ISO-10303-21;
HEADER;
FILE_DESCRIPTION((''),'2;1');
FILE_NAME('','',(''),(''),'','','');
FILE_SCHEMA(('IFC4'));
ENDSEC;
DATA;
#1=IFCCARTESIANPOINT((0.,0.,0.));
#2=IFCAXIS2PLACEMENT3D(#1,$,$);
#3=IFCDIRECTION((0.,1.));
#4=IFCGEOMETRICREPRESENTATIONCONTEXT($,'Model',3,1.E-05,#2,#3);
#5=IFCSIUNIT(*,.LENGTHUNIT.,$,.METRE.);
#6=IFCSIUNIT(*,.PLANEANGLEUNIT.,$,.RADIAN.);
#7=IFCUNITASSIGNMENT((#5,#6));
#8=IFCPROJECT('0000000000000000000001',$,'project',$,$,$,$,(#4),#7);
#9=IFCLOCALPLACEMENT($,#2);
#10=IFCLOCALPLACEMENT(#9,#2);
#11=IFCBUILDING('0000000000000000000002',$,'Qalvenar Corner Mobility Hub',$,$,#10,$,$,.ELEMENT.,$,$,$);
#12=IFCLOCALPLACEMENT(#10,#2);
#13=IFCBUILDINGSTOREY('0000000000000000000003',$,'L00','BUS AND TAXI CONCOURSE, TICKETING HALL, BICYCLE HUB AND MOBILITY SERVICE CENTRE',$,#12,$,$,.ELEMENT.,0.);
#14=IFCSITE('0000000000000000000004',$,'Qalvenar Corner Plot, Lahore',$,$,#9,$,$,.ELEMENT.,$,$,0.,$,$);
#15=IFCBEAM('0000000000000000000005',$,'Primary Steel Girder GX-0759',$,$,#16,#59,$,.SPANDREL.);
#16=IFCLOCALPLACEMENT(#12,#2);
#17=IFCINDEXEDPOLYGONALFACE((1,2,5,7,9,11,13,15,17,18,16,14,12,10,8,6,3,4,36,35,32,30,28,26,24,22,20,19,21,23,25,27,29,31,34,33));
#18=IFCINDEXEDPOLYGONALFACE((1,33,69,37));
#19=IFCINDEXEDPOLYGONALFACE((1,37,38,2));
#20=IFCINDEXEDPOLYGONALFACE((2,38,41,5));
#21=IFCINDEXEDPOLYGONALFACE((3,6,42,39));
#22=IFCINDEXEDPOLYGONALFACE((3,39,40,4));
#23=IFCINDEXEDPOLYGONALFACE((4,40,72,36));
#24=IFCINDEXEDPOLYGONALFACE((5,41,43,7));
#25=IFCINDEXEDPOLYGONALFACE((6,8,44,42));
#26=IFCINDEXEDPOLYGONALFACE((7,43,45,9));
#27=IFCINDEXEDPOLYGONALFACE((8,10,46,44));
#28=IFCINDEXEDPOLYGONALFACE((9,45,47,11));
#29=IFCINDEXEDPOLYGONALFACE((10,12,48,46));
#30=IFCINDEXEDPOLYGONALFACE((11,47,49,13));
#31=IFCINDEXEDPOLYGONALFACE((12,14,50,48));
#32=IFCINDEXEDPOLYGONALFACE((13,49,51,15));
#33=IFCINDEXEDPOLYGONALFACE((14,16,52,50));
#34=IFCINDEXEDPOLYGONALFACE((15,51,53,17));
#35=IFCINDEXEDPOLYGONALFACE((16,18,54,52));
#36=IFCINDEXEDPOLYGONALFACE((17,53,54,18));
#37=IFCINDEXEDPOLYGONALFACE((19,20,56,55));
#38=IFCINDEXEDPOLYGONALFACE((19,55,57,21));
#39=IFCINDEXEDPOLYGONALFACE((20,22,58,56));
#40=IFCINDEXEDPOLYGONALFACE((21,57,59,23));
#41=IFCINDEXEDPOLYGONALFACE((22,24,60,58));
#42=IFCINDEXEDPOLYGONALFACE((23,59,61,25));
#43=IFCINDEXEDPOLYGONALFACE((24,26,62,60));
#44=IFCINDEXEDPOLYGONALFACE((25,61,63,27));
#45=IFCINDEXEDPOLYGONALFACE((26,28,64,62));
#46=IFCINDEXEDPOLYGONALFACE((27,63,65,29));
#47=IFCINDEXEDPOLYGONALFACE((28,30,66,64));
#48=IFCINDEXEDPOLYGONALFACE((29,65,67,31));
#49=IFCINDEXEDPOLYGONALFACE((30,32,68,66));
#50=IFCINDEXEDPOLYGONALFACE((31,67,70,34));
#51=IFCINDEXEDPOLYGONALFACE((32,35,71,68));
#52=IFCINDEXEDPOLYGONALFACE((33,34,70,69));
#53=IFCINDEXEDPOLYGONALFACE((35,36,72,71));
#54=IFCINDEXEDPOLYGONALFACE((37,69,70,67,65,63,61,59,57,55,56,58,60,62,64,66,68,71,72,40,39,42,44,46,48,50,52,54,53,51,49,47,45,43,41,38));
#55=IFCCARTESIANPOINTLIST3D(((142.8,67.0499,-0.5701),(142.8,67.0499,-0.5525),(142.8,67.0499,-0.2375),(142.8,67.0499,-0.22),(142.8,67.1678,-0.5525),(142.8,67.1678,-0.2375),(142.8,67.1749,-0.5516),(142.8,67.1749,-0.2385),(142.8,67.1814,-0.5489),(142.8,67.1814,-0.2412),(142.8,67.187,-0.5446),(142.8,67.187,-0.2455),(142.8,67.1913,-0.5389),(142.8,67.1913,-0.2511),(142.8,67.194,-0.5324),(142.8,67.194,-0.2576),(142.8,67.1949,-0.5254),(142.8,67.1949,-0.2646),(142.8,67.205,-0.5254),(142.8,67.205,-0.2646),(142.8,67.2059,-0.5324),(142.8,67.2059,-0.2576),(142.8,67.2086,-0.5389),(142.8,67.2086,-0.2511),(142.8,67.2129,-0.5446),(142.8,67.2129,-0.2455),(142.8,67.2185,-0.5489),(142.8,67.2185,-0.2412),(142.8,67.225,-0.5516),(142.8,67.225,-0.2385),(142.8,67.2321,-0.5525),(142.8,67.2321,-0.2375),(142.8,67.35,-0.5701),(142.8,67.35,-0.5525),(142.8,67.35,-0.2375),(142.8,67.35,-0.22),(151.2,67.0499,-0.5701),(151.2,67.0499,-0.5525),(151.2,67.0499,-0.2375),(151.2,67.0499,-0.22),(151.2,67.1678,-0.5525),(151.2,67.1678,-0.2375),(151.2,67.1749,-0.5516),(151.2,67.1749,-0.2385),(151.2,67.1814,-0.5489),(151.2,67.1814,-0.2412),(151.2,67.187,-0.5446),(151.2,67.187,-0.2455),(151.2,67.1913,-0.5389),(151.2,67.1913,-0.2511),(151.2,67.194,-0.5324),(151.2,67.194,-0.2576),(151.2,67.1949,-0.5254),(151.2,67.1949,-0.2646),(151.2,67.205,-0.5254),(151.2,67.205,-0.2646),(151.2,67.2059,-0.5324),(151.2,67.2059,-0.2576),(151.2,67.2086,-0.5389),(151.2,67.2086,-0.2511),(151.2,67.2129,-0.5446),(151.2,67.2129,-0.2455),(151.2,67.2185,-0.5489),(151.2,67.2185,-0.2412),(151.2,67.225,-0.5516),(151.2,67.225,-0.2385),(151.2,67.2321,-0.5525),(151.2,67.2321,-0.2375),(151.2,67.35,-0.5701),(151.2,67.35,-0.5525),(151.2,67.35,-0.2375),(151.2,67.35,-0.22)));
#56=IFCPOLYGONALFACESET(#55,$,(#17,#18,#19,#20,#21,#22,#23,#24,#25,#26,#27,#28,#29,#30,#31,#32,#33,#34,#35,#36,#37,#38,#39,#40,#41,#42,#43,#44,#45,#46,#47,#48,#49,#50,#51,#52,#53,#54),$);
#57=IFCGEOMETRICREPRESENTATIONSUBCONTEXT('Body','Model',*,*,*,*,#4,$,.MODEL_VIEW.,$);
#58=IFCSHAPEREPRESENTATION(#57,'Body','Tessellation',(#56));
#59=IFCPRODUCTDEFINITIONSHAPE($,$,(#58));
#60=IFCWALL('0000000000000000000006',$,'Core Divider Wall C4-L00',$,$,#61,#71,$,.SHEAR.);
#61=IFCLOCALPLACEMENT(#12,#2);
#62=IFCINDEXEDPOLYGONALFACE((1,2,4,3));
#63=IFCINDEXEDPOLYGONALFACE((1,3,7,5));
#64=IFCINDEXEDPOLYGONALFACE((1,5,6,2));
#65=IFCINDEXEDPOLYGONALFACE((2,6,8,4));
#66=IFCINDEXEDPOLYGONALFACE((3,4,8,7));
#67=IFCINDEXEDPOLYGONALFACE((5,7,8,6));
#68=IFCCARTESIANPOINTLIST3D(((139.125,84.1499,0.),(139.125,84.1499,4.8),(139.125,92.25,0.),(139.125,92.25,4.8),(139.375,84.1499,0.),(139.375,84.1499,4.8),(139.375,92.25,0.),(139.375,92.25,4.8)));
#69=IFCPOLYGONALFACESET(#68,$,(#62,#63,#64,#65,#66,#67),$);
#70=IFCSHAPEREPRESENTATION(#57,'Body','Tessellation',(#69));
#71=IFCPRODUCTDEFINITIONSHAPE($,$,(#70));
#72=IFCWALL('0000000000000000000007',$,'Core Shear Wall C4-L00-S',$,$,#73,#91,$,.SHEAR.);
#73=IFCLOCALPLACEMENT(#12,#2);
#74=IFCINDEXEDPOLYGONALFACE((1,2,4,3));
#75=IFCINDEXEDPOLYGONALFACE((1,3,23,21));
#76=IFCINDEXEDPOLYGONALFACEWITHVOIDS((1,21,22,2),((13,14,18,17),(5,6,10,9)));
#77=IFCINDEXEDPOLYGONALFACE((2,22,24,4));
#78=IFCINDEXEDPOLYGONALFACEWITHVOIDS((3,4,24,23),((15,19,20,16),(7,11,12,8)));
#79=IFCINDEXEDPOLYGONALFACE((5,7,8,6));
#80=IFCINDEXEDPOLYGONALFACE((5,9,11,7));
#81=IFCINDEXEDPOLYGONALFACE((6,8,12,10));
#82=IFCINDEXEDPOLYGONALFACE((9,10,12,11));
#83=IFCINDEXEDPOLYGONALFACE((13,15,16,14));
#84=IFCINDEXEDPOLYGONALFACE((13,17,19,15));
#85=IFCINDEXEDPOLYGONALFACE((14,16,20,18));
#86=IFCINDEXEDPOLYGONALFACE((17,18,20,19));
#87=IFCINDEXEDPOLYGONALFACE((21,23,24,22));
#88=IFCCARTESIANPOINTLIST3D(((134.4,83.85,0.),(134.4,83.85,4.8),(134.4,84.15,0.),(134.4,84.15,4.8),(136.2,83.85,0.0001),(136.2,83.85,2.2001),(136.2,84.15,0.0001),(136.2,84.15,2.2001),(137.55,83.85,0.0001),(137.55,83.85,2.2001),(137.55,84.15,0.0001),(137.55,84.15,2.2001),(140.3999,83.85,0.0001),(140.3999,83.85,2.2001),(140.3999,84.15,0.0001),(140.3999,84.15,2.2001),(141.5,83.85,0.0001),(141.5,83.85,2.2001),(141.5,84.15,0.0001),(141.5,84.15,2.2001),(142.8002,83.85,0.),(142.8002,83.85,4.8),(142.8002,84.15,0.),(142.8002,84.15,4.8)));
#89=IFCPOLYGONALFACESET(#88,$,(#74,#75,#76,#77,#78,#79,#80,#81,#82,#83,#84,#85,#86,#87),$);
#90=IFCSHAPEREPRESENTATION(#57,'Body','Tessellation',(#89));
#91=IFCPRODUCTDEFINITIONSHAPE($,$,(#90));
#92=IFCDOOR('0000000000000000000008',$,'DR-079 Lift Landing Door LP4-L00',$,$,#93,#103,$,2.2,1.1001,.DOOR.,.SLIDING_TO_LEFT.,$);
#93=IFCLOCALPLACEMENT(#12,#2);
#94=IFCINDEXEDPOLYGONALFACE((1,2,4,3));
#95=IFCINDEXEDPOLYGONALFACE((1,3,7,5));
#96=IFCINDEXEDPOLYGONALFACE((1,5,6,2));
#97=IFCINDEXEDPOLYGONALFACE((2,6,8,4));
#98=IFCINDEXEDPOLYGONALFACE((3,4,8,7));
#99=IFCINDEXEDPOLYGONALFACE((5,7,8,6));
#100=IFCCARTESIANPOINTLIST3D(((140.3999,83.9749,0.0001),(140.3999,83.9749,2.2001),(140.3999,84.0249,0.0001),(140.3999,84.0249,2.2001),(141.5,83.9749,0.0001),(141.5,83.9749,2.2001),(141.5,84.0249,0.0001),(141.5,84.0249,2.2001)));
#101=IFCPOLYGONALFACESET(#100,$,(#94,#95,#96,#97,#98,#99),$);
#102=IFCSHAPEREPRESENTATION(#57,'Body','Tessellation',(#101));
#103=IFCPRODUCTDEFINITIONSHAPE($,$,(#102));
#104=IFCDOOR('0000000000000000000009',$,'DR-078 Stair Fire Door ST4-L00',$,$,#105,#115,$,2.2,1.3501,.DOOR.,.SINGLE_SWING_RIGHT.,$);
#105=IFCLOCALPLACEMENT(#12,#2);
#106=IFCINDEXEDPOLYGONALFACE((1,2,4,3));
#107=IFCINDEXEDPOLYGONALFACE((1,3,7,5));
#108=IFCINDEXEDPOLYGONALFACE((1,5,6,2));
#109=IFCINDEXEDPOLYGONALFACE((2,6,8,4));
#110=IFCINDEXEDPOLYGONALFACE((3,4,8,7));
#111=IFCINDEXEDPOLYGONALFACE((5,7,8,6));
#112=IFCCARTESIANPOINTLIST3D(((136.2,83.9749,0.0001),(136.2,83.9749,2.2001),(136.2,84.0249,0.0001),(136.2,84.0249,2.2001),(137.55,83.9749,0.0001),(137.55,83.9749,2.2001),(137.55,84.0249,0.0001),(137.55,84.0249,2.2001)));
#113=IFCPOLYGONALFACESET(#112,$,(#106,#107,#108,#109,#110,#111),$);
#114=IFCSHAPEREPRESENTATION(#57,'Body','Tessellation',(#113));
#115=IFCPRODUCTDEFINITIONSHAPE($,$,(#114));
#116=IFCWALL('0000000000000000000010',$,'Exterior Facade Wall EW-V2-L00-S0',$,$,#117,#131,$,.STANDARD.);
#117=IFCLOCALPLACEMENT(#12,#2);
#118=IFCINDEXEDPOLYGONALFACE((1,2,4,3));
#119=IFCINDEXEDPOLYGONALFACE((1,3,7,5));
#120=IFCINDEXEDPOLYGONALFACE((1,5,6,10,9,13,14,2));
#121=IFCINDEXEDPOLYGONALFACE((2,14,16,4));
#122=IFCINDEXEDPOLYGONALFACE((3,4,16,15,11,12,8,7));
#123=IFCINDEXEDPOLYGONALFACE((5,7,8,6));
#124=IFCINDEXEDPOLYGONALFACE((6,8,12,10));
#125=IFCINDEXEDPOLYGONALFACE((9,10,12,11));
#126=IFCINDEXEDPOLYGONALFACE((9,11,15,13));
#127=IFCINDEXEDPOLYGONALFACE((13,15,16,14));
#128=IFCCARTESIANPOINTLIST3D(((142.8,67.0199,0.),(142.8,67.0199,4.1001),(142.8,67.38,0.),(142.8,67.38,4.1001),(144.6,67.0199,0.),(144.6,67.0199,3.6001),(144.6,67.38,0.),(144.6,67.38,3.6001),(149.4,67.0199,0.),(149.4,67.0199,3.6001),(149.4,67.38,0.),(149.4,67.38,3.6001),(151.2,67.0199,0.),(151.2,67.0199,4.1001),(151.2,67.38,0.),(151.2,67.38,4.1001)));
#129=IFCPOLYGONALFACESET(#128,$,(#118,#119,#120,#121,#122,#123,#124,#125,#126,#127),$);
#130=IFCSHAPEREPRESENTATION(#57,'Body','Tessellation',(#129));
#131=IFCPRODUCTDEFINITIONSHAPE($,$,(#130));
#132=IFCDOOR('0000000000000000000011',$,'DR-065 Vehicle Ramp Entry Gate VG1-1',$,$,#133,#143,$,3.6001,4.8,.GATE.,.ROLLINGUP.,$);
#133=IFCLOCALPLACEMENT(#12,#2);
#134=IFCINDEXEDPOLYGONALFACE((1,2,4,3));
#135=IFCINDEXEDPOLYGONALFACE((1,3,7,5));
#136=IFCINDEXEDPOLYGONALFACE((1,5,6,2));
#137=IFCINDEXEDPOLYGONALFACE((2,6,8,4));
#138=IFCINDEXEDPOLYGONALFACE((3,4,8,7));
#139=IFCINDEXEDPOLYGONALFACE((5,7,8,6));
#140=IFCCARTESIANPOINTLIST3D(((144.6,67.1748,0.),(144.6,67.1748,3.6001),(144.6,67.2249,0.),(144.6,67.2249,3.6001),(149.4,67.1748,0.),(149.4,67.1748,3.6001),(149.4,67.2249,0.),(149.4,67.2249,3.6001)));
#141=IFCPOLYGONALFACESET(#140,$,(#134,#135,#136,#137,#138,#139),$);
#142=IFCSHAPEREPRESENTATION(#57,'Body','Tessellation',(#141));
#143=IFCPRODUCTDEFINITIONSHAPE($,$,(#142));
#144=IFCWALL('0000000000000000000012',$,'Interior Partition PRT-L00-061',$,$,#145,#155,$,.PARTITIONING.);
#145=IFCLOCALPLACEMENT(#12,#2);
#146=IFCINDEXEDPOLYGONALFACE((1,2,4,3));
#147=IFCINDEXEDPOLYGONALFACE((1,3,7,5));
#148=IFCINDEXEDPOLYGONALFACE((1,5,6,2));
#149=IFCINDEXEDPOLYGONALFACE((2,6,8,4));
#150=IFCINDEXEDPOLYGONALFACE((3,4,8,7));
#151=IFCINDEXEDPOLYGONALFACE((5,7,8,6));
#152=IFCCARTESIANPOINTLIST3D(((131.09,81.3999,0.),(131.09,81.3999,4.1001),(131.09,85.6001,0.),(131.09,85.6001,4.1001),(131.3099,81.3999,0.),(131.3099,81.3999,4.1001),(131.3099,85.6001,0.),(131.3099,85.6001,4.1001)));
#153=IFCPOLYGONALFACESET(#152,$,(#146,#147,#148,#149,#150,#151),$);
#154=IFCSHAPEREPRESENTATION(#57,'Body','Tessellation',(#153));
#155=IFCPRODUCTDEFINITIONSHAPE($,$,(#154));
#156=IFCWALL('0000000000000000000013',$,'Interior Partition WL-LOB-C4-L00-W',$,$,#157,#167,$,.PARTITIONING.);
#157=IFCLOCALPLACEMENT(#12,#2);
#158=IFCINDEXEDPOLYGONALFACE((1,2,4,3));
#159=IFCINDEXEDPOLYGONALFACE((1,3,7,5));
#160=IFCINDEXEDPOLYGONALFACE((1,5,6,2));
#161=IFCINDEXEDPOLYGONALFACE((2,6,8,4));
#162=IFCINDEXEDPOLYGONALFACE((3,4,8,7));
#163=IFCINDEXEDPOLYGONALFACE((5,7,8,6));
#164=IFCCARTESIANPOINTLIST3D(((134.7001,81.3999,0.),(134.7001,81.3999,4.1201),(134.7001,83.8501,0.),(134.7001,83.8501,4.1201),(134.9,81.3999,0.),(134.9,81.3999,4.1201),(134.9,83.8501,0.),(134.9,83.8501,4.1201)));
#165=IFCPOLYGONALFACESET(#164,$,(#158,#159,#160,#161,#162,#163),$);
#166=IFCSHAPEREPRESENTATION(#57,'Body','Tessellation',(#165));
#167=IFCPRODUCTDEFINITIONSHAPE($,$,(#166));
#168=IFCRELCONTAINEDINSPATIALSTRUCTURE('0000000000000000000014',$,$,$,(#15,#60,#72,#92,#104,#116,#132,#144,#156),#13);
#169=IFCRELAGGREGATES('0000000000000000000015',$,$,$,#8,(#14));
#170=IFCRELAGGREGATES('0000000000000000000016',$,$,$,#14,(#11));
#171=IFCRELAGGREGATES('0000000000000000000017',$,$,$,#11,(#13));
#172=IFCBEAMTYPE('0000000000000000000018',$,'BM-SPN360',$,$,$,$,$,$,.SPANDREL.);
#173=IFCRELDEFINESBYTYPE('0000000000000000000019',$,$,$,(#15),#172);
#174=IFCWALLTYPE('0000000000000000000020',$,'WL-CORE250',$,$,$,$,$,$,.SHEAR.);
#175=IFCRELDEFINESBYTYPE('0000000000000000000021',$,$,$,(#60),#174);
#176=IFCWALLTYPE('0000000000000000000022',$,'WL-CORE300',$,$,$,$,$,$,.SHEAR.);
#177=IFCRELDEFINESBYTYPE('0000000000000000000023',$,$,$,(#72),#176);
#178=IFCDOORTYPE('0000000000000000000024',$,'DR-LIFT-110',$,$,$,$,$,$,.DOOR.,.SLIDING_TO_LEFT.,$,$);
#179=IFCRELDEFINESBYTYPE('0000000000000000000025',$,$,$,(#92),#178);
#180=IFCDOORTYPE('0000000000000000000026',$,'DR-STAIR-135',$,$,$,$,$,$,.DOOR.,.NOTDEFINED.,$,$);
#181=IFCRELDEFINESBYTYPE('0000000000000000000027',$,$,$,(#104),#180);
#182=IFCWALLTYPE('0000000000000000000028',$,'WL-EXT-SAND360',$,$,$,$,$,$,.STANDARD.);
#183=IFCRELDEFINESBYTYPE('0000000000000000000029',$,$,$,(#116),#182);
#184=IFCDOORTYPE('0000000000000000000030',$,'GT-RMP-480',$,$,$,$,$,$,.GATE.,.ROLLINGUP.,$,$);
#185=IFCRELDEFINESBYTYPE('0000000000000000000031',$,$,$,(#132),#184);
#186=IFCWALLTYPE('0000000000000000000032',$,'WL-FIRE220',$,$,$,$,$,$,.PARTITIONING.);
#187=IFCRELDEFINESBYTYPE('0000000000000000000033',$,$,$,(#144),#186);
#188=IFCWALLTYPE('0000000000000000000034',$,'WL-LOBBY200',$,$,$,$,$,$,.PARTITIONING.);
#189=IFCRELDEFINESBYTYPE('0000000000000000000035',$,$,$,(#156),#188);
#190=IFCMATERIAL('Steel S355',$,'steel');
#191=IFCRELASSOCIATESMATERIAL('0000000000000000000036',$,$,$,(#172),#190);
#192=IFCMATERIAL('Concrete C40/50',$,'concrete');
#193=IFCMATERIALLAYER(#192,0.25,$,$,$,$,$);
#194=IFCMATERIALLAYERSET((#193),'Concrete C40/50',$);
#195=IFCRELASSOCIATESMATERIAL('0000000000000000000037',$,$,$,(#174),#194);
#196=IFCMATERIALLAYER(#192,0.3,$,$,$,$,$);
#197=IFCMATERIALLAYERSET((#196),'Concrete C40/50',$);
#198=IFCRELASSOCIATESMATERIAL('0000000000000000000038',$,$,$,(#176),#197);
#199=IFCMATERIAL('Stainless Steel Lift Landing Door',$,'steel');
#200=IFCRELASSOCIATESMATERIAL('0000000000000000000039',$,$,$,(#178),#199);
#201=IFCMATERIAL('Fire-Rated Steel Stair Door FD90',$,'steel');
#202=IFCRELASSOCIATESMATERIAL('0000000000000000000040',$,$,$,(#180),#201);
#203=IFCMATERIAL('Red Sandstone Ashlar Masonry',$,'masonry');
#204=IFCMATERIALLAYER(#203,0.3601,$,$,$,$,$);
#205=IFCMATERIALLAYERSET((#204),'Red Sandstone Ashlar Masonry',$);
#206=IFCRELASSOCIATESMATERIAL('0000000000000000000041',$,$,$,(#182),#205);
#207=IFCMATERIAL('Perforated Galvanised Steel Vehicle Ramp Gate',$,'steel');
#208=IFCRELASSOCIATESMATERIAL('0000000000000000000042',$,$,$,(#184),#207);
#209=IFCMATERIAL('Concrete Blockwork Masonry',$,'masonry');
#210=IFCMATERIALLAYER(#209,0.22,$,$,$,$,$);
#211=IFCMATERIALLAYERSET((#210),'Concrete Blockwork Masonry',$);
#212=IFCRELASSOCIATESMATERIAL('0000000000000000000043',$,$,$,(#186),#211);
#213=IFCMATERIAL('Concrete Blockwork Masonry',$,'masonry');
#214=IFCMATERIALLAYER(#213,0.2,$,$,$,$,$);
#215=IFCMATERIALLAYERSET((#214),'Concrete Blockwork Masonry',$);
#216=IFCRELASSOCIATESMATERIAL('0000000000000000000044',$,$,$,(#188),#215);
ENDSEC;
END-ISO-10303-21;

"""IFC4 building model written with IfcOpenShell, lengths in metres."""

from ifc_helpers import new_model, si_unit, direction, frame, frame_2d, origin, origin_2d, place, context, subcontext, project, spatial, rectangle, i_section, extrude, material, layer, layer_set, material_profile, profile_set, type_object, element, fill, save


model = new_model("IFC4")

# Units and contexts
model_context = context("Model", 3, precision=1e-05, world=origin(), true_north=direction((0.0, 1.0)))
body_context = subcontext(model_context, "Body", "Model", "MODEL_VIEW")
ifc_project = project(units=[si_unit("LENGTHUNIT", "METRE"), si_unit("PLANEANGLEUNIT", "RADIAN")], contexts=[model_context])

# Site, building, storey
site_placement = place(None, origin())
site = spatial("IfcSite", under=ifc_project, at=site_placement, Name="Qalvenar Corner Plot, Lahore", CompositionType="ELEMENT", RefElevation=0.0)
building_placement = place(site_placement, origin())
building = spatial("IfcBuilding", under=site, at=building_placement, Name="Qalvenar Corner Mobility Hub", CompositionType="ELEMENT")
storey_placement = place(building_placement, origin())
storey = spatial("IfcBuildingStorey", under=building, at=storey_placement, Name="L00", Description="BUS AND TAXI CONCOURSE, TICKETING HALL, BICYCLE HUB AND MOBILITY SERVICE CENTRE", CompositionType="ELEMENT", Elevation=0.0)

# Shared definitions
ifc_material_1 = material(Name="Steel S355", Category="steel")

# Beam
ifc_material_profile_1 = material_profile(ifc_material_1, i_section(OverallWidth=0.3, OverallDepth=0.3501, WebThickness=0.01, FlangeThickness=0.0176, FilletRadius=0.0271, at=origin_2d()), Name="HEA360")
ifc_profile_set_1 = profile_set([ifc_material_profile_1], Name="Steel S355")
beam_type_1 = type_object("IfcBeamType", Name="BM-SPN360", PredefinedType="SPANDREL", material=ifc_profile_set_1)
beam_1_placement = place(storey_placement, frame((142.8, 67.2, -0.395), z_axis=(1.0, 0.0, 0.0), x_axis=(0.0, 1.0, 0.0)))
element("IfcBeam", 1, at=beam_1_placement, inside=storey, type_object=beam_type_1, Name="Primary Steel Girder GX-0759", PredefinedType="SPANDREL", context=body_context, shape_type="SweptSolid", body=[
    extrude(i_section(OverallWidth=0.3, OverallDepth=0.3501, WebThickness=0.01, FlangeThickness=0.0176, FilletRadius=0.0271, at=origin_2d()), origin(), (0.0, 0.0, 1.0), 8.3999),
])

# Wall
ifc_material_2 = material(Name="Concrete C40/50", Category="concrete")
ifc_layer_1 = layer(ifc_material_2, 0.25)
ifc_layer_set_1 = layer_set([ifc_layer_1], Name="Concrete C40/50")
wall_type_1 = type_object("IfcWallType", Name="WL-CORE250", PredefinedType="SHEAR", material=ifc_layer_set_1)
wall_1_placement = place(storey_placement, frame((139.25, 84.1499, 0.0), z_axis=(0.0, 0.0, 1.0), x_axis=(0.0, 1.0, 0.0)))
element("IfcWall", 2, at=wall_1_placement, inside=storey, type_object=wall_type_1, Name="Core Divider Wall C4-L00", PredefinedType="SHEAR", context=body_context, shape_type="SweptSolid", body=[
    extrude(rectangle(XDim=8.1001, YDim=0.25, at=frame_2d((4.05, 0.0))), origin(), (0.0, 0.0, 1.0), 4.8),
])

# Wall, openings, doors
ifc_layer_2 = layer(ifc_material_2, 0.3)
ifc_layer_set_2 = layer_set([ifc_layer_2], Name="Concrete C40/50")
wall_type_2 = type_object("IfcWallType", Name="WL-CORE300", PredefinedType="SHEAR", material=ifc_layer_set_2)
wall_2_placement = place(storey_placement, frame((134.3999, 84.0, 0.0), z_axis=(0.0, 0.0, 1.0), x_axis=(1.0, 0.0, 0.0)))
wall_2 = element("IfcWall", 3, at=wall_2_placement, inside=storey, type_object=wall_type_2, Name="Core Shear Wall C4-L00-S", PredefinedType="SHEAR", context=body_context, shape_type="SweptSolid", body=[
    extrude(rectangle(XDim=8.4001, YDim=0.3, at=frame_2d((4.2002, 0.0))), origin(), (0.0, 0.0, 1.0), 4.8),
])
opening_1_placement = place(wall_2_placement, frame((1.8, 0.0, 0.0)))
opening_1 = element("IfcOpeningElement", 4, at=opening_1_placement, cuts=wall_2, PredefinedType="OPENING", context=body_context, shape_type="SweptSolid", body=[
    extrude(rectangle(XDim=1.3501, YDim=2.2, at=frame_2d((0.675, 1.1001))), frame((0.0, 0.1602, 0.0), z_axis=(0.0, -1.0, 0.0), x_axis=(1.0, 0.0, 0.0)), (0.0, 0.0, 1.0), 0.3201),
])
opening_2_placement = place(wall_2_placement, frame((6.0, 0.0, 0.0)))
opening_2 = element("IfcOpeningElement", 5, at=opening_2_placement, cuts=wall_2, PredefinedType="OPENING", context=body_context, shape_type="SweptSolid", body=[
    extrude(rectangle(XDim=1.1001, YDim=2.2, at=frame_2d((0.55, 1.1001))), frame((0.0, 0.1602, 0.0), z_axis=(0.0, -1.0, 0.0), x_axis=(1.0, 0.0, 0.0)), (0.0, 0.0, 1.0), 0.3201),
])
ifc_material_3 = material(Name="Stainless Steel Lift Landing Door", Category="steel")
door_type_1 = type_object("IfcDoorType", Name="DR-LIFT-110", OperationType="SLIDING_TO_LEFT", PredefinedType="DOOR", material=ifc_material_3)
door_1_placement = place(opening_2_placement, origin())
door_1 = element("IfcDoor", 6, at=door_1_placement, inside=storey, type_object=door_type_1, Name="DR-079 Lift Landing Door LP4-L00", OperationType="SLIDING_TO_LEFT", OverallHeight=2.2, OverallWidth=1.1001, PredefinedType="DOOR", context=body_context, shape_type="SweptSolid", body=[
    extrude(rectangle(XDim=1.1001, YDim=2.2, at=frame_2d((0.55, 1.1001))), frame((0.0, 0.0249, 0.0), z_axis=(0.0, -1.0, 0.0), x_axis=(1.0, 0.0, 0.0)), (0.0, 0.0, 1.0), 0.05),
])
fill(opening_2, door_1)
ifc_material_4 = material(Name="Fire-Rated Steel Stair Door FD90", Category="steel")
door_type_2 = type_object("IfcDoorType", Name="DR-STAIR-135", OperationType="NOTDEFINED", PredefinedType="DOOR", material=ifc_material_4)
door_2_placement = place(opening_1_placement, origin())
door_2 = element("IfcDoor", 7, at=door_2_placement, inside=storey, type_object=door_type_2, Name="DR-078 Stair Fire Door ST4-L00", OperationType="SINGLE_SWING_RIGHT", OverallHeight=2.2, OverallWidth=1.3501, PredefinedType="DOOR", context=body_context, shape_type="SweptSolid", body=[
    extrude(rectangle(XDim=1.3501, YDim=2.2, at=frame_2d((0.675, 1.1001))), frame((0.0, 0.0249, 0.0), z_axis=(0.0, -1.0, 0.0), x_axis=(1.0, 0.0, 0.0)), (0.0, 0.0, 1.0), 0.05),
])
fill(opening_1, door_2)

# Wall, opening, door
ifc_material_5 = material(Name="Red Sandstone Ashlar Masonry", Category="masonry")
ifc_layer_3 = layer(ifc_material_5, 0.3601)
ifc_layer_set_3 = layer_set([ifc_layer_3], Name="Red Sandstone Ashlar Masonry")
wall_type_3 = type_object("IfcWallType", Name="WL-EXT-SAND360", PredefinedType="STANDARD", material=ifc_layer_set_3)
wall_3_placement = place(storey_placement, frame((142.8, 67.2, 0.0), z_axis=(0.0, 0.0, 1.0), x_axis=(1.0, 0.0, 0.0)))
wall_3 = element("IfcWall", 8, at=wall_3_placement, inside=storey, type_object=wall_type_3, Name="Exterior Facade Wall EW-V2-L00-S0", PredefinedType="STANDARD", context=body_context, shape_type="SweptSolid", body=[
    extrude(rectangle(XDim=8.3999, YDim=0.3601, at=frame_2d((4.2, 0.0))), origin(), (0.0, 0.0, 1.0), 4.1001),
])
opening_3_placement = place(wall_3_placement, frame((1.8, 0.0, 0.0)))
opening_3 = element("IfcOpeningElement", 9, at=opening_3_placement, cuts=wall_3, PredefinedType="OPENING", context=body_context, shape_type="SweptSolid", body=[
    extrude(rectangle(XDim=4.8, YDim=3.6001, at=frame_2d((2.3999, 1.8))), frame((0.0, 0.1899, 0.0), z_axis=(0.0, -1.0, 0.0), x_axis=(1.0, 0.0, 0.0)), (0.0, 0.0, 1.0), 0.3801),
])
ifc_material_6 = material(Name="Perforated Galvanised Steel Vehicle Ramp Gate", Category="steel")
door_type_3 = type_object("IfcDoorType", Name="GT-RMP-480", OperationType="ROLLINGUP", PredefinedType="GATE", material=ifc_material_6)
door_3_placement = place(opening_3_placement, origin())
door_3 = element("IfcDoor", 10, at=door_3_placement, inside=storey, type_object=door_type_3, Name="DR-065 Vehicle Ramp Entry Gate VG1-1", OperationType="ROLLINGUP", OverallHeight=3.6001, OverallWidth=4.8, PredefinedType="GATE", context=body_context, shape_type="SweptSolid", body=[
    extrude(rectangle(XDim=4.8, YDim=3.6001, at=frame_2d((2.3999, 1.8))), frame((0.0, 0.0249, 0.0), z_axis=(0.0, -1.0, 0.0), x_axis=(1.0, 0.0, 0.0)), (0.0, 0.0, 1.0), 0.05),
])
fill(opening_3, door_3)

# Walls
ifc_material_7 = material(Name="Concrete Blockwork Masonry", Category="masonry")
ifc_layer_4 = layer(ifc_material_7, 0.22)
ifc_layer_set_4 = layer_set([ifc_layer_4], Name="Concrete Blockwork Masonry")
wall_type_4 = type_object("IfcWallType", Name="WL-FIRE220", PredefinedType="PARTITIONING", material=ifc_layer_set_4)
wall_4_placement = place(storey_placement, frame((131.2, 81.3999, 0.0), z_axis=(0.0, 0.0, 1.0), x_axis=(0.0, 1.0, 0.0)))
element("IfcWall", 11, at=wall_4_placement, inside=storey, type_object=wall_type_4, Name="Interior Partition PRT-L00-061", PredefinedType="PARTITIONING", context=body_context, shape_type="SweptSolid", body=[
    extrude(rectangle(XDim=4.2002, YDim=0.22, at=frame_2d((2.1001, 0.0))), origin(), (0.0, 0.0, 1.0), 4.1001),
])
ifc_material_8 = material(Name="Concrete Blockwork Masonry", Category="masonry")
ifc_layer_5 = layer(ifc_material_8, 0.2)
ifc_layer_set_5 = layer_set([ifc_layer_5], Name="Concrete Blockwork Masonry")
wall_type_5 = type_object("IfcWallType", Name="WL-LOBBY200", PredefinedType="PARTITIONING", material=ifc_layer_set_5)
for number, where, z_axis, x_axis, name in (
    (12, (134.8, 81.3999, 0.0), (0.0, 0.0, 1.0), (0.0, 1.0, 0.0), "Interior Partition WL-LOB-C4-L00-W"),
):
    element("IfcWall", number, at=place(storey_placement, frame(where, z_axis=z_axis, x_axis=x_axis)), inside=storey, type_object=wall_type_5, Name=name, PredefinedType="PARTITIONING", context=body_context, shape_type="SweptSolid", body=[
        extrude(rectangle(XDim=2.4502, YDim=0.2, at=frame_2d((1.2251, 0.0))), origin(), (0.0, 0.0, 1.0), 4.1201),
    ])

save(model, "model.ifc")
